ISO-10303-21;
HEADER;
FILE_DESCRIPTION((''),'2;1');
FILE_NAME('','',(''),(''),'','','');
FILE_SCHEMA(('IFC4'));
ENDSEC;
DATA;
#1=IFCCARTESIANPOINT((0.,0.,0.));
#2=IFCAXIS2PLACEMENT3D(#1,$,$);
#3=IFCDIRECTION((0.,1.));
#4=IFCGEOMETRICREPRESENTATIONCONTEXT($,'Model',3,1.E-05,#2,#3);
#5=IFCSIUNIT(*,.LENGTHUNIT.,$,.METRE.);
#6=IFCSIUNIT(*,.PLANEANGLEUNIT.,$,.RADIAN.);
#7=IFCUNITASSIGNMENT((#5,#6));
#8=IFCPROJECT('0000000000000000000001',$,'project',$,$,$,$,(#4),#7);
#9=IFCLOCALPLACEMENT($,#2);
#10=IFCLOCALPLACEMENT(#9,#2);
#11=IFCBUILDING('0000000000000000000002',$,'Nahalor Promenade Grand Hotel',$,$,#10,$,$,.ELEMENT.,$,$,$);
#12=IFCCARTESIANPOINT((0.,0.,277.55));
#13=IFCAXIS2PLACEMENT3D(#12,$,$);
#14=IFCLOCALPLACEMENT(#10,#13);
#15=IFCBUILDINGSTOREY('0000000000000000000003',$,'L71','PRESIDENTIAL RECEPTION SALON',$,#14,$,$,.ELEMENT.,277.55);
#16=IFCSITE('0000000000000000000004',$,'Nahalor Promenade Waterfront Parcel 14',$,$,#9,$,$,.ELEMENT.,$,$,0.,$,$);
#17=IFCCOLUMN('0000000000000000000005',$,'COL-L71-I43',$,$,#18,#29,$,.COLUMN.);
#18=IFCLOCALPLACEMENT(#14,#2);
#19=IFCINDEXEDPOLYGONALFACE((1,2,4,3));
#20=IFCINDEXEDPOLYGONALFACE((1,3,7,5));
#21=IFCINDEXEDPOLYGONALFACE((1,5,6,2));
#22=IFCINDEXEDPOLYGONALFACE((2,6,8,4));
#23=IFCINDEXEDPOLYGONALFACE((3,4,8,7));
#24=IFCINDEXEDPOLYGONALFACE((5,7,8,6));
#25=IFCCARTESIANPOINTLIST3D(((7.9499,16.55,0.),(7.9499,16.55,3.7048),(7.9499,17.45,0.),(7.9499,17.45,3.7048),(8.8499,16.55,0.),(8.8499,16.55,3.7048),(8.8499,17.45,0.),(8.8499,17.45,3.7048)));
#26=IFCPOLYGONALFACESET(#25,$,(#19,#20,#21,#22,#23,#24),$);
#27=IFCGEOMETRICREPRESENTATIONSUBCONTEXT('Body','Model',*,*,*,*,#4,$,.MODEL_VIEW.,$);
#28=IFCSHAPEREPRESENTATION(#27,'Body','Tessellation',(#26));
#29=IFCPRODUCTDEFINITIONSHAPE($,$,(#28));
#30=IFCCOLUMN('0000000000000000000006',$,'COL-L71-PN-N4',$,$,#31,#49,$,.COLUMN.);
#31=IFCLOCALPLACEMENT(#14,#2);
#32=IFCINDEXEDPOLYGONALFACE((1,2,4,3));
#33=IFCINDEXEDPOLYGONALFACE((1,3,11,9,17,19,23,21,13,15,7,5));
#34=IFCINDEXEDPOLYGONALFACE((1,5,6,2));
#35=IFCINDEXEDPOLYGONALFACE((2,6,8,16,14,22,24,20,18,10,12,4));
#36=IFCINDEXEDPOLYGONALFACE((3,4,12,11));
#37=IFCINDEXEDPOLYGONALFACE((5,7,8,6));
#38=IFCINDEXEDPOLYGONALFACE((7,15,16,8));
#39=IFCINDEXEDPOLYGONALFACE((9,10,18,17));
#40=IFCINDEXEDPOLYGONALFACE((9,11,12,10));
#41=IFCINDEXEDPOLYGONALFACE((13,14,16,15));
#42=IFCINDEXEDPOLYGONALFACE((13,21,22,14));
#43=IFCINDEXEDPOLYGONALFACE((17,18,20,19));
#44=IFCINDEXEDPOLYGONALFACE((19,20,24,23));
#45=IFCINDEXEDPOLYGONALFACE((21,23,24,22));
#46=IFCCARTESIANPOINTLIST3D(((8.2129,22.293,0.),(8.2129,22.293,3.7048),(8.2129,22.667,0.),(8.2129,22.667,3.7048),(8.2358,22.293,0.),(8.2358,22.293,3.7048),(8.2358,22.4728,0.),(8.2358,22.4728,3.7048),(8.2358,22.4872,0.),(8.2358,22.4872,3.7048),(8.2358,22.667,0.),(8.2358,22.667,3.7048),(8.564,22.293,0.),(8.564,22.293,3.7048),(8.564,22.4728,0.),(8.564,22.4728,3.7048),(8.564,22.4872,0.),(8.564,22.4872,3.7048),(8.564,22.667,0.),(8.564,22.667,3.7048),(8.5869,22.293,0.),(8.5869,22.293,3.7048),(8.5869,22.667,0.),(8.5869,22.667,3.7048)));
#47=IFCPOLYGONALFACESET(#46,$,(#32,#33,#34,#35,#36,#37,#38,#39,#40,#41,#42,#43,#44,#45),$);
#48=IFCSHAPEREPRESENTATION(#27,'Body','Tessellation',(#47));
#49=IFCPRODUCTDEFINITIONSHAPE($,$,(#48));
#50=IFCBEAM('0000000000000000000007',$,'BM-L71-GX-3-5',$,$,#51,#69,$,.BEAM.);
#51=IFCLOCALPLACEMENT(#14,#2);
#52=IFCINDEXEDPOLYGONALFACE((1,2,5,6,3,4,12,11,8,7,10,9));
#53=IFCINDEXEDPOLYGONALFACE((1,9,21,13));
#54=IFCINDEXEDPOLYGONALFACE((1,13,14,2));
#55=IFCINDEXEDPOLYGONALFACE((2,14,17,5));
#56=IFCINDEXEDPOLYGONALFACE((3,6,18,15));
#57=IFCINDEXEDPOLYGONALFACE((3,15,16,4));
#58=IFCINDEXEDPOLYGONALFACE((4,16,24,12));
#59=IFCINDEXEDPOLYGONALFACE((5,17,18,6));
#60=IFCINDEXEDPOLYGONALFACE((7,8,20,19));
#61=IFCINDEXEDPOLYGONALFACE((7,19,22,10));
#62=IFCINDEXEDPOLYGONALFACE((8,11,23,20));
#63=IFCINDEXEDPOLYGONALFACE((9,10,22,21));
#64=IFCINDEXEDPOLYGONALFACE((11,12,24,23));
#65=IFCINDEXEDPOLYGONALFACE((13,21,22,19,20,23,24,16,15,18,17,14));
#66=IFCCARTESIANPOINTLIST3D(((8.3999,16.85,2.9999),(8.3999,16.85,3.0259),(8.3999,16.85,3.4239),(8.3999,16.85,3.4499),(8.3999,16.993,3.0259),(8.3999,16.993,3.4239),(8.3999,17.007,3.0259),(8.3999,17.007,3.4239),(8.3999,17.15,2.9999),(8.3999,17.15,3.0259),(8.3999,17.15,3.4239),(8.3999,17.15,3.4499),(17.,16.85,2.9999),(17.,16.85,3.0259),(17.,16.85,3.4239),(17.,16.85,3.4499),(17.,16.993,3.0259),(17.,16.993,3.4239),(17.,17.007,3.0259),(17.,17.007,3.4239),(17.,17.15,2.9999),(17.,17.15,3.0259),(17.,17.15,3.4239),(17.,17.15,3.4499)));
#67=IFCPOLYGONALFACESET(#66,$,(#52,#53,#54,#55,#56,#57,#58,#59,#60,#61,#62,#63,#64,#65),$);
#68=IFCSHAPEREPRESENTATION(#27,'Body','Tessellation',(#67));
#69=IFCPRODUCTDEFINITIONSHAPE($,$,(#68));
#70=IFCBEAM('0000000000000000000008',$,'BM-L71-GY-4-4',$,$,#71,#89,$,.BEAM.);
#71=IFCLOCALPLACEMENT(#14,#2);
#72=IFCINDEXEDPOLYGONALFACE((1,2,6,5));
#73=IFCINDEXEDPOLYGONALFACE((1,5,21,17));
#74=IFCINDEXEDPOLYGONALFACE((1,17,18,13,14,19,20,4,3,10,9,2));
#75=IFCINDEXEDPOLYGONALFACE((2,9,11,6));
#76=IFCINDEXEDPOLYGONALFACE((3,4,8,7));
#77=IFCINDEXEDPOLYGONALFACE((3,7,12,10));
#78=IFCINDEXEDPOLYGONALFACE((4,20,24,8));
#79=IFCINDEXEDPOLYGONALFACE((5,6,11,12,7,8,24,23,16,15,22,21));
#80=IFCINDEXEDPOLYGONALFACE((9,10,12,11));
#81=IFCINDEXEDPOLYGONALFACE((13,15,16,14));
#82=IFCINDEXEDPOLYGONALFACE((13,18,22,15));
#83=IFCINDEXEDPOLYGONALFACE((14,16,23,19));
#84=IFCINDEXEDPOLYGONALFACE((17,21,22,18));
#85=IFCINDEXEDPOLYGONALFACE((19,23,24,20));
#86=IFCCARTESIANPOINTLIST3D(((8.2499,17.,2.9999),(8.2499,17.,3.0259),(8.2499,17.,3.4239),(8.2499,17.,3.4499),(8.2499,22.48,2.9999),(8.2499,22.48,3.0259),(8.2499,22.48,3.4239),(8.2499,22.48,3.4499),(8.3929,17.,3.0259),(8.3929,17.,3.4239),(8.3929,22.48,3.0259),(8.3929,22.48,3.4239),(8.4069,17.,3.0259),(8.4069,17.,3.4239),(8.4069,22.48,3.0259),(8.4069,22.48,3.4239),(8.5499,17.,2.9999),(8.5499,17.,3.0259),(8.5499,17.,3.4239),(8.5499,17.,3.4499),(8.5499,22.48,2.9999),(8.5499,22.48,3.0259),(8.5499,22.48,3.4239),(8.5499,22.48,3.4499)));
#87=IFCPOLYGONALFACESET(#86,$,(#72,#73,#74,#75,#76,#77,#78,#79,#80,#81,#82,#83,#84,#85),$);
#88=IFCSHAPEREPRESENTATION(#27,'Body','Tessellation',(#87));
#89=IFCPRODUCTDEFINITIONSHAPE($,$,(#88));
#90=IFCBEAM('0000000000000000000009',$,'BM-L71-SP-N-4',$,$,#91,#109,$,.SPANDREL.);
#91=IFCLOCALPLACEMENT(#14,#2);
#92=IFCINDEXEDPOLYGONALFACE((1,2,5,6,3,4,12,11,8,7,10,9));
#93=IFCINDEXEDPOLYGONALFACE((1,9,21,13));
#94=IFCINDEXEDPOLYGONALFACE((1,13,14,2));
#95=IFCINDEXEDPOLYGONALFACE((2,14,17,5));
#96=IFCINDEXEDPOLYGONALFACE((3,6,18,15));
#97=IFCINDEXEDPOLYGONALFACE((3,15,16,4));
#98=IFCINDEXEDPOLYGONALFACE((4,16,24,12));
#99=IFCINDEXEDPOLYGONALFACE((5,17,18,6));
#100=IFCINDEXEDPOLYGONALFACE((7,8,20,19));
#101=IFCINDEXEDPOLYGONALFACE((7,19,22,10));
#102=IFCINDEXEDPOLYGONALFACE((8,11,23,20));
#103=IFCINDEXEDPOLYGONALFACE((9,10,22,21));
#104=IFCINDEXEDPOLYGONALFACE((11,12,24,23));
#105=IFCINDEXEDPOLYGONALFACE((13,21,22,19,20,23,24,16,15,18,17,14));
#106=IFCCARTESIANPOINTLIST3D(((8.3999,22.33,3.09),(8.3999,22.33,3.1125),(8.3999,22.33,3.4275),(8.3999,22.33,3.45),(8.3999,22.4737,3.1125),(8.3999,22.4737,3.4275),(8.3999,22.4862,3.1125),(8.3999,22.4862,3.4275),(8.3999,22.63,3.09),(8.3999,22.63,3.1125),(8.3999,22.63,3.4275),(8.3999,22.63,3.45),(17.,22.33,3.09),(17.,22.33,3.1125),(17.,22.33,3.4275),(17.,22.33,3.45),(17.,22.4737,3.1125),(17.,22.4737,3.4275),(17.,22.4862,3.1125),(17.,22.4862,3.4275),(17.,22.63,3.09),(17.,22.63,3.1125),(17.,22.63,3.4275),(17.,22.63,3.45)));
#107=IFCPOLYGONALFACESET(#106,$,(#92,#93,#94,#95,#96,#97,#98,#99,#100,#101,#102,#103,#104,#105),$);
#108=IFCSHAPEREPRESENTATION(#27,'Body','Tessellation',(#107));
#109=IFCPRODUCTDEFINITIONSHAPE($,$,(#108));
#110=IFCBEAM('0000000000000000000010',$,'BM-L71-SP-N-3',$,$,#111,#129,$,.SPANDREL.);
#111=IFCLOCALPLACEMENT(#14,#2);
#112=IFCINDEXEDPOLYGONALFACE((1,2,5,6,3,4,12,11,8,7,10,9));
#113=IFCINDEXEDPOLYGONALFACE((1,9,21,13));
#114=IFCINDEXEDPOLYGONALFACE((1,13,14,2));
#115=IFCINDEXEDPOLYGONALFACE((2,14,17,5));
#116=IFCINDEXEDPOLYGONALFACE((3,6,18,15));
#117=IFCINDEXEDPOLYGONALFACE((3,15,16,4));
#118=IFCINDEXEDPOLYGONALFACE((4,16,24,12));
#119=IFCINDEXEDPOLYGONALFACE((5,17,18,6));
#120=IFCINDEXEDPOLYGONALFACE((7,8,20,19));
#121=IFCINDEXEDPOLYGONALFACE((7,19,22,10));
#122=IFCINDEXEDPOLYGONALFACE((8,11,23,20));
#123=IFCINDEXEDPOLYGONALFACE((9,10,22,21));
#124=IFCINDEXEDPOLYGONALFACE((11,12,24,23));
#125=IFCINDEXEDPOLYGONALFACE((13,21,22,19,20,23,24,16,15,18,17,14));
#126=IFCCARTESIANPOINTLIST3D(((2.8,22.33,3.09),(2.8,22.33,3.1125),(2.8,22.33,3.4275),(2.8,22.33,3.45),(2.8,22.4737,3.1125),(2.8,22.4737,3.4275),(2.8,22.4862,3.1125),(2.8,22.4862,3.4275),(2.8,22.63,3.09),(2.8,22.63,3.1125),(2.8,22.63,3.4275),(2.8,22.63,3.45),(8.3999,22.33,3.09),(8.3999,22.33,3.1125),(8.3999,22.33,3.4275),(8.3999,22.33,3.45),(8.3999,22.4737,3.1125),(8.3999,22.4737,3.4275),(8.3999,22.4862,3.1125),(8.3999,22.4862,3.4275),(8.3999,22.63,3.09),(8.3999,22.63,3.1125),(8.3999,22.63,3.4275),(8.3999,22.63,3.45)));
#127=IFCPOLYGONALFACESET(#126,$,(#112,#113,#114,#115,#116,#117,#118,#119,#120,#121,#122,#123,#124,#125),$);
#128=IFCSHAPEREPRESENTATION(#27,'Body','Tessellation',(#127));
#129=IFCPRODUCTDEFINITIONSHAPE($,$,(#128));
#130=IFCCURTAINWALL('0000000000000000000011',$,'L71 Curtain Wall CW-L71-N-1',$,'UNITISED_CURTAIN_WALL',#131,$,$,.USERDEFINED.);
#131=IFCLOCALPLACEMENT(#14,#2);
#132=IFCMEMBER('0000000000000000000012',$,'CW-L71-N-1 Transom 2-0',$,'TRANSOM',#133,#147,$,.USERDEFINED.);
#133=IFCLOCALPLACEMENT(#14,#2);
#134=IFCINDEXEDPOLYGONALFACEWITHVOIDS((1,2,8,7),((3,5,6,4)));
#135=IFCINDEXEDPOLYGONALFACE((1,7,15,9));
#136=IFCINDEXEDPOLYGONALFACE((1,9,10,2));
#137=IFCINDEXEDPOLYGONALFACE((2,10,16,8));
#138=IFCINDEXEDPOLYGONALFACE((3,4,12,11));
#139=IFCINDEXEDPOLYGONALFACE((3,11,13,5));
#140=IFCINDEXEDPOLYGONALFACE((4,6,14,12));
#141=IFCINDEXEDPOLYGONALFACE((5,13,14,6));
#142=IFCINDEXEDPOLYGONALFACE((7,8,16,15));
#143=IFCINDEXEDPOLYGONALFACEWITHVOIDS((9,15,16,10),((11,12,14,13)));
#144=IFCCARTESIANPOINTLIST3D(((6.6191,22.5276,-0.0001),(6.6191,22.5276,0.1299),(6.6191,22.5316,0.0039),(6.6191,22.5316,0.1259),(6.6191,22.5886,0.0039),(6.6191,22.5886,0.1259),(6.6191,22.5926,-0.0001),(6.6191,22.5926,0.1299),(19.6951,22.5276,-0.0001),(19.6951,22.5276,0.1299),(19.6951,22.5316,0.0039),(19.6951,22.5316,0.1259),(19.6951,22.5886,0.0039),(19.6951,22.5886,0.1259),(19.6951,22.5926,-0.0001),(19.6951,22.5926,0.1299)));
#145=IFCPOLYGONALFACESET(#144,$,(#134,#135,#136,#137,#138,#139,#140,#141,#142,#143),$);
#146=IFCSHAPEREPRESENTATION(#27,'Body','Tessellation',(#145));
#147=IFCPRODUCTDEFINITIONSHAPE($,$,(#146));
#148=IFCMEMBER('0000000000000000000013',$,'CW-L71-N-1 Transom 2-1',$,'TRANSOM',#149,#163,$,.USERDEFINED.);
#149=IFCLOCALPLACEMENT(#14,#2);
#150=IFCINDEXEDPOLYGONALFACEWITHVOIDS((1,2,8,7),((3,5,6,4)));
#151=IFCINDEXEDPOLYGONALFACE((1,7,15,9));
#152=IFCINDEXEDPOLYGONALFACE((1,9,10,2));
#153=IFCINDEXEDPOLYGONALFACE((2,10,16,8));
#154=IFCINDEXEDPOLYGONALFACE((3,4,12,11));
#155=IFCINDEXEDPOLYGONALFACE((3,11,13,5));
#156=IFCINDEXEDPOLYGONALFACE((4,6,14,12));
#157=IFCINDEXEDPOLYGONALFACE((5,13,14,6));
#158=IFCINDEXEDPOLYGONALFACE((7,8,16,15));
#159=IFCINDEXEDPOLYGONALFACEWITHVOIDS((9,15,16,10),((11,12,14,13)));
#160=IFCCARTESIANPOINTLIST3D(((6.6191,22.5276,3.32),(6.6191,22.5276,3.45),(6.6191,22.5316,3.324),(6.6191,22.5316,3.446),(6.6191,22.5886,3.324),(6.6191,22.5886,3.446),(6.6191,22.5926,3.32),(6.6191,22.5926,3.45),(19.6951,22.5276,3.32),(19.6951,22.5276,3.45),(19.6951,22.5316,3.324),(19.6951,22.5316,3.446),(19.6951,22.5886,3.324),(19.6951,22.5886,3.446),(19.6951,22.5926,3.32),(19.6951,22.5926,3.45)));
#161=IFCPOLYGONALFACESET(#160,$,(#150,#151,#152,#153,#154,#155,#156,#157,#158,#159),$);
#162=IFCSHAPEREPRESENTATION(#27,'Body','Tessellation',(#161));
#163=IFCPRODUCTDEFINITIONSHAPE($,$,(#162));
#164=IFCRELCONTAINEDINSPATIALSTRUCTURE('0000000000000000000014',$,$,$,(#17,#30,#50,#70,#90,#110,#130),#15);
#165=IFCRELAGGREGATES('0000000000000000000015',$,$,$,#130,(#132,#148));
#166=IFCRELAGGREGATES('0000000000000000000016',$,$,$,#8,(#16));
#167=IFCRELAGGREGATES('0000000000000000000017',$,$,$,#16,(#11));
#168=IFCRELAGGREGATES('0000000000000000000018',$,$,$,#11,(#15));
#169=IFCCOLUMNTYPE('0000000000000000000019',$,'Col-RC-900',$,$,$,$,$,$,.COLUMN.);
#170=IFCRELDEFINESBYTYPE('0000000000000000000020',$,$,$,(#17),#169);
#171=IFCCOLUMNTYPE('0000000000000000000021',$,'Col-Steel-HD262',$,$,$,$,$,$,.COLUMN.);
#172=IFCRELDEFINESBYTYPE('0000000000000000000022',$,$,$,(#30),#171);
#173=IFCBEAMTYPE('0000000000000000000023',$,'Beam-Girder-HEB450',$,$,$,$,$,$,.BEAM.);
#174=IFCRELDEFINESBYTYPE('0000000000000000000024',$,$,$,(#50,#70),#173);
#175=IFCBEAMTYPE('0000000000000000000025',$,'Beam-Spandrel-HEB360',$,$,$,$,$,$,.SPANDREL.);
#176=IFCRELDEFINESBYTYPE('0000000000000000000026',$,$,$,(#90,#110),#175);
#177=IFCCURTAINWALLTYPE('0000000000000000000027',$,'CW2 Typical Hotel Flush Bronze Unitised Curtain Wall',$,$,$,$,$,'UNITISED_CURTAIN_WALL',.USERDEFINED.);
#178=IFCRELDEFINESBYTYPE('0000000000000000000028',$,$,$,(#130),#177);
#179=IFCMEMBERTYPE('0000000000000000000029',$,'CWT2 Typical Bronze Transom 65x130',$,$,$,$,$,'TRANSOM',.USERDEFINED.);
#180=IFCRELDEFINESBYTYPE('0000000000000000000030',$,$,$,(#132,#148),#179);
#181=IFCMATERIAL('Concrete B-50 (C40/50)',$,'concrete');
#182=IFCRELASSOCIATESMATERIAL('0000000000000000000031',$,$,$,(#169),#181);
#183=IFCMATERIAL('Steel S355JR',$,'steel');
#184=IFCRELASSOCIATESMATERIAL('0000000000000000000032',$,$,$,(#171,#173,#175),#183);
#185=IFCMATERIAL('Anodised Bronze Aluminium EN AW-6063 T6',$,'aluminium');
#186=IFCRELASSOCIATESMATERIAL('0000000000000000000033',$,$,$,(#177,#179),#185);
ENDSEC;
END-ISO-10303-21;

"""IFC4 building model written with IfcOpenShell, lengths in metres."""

from ifc_helpers import new_model, si_unit, direction, frame, origin, origin_2d, place, context, subcontext, project, spatial, rectangle, hollow_rectangle, i_section, extrude, source, transform, mapped, material, material_profile, profile_set, type_object, element, aggregate, save


model = new_model("IFC4")

# Units and contexts
model_context = context("Model", 3, precision=1e-05, world=origin(), true_north=direction((0.0, 1.0)))
body_context = subcontext(model_context, "Body", "Model", "MODEL_VIEW")
ifc_project = project(units=[si_unit("LENGTHUNIT", "METRE"), si_unit("PLANEANGLEUNIT", "RADIAN")], contexts=[model_context])

# Site, building, storey
site_placement = place(None, origin())
site = spatial("IfcSite", under=ifc_project, at=site_placement, Name="Nahalor Promenade Waterfront Parcel 14", CompositionType="ELEMENT", RefElevation=0.0)
building_placement = place(site_placement, origin())
building = spatial("IfcBuilding", under=site, at=building_placement, Name="Nahalor Promenade Grand Hotel", CompositionType="ELEMENT")
storey_placement = place(building_placement, frame((0.0, 0.0, 277.55)))
storey = spatial("IfcBuildingStorey", under=building, at=storey_placement, Name="L71", Description="PRESIDENTIAL RECEPTION SALON", CompositionType="ELEMENT", Elevation=277.55)

# Columns
ifc_material_1 = material(Name="Concrete B-50 (C40/50)", Category="concrete")
ifc_material_profile_1 = material_profile(ifc_material_1, rectangle(XDim=0.9, YDim=0.9, at=origin_2d()), Name="RC 900x900")
ifc_profile_set_1 = profile_set([ifc_material_profile_1], Name="Concrete B-50 (C40/50)")
column_type_1 = type_object("IfcColumnType", Name="Col-RC-900", PredefinedType="COLUMN", material=ifc_profile_set_1)
shared_shape_1 = source(origin(), body_context, "Body", "SweptSolid", [
    extrude(rectangle(XDim=0.9, YDim=0.9, at=origin_2d()), origin(), (0.0, 0.0, 1.0), 3.7048),
])
column_1_placement = place(storey_placement, frame((8.3999, 17.0, 0.0), z_axis=(0.0, 0.0, 1.0), x_axis=(1.0, 0.0, 0.0)))
element("IfcColumn", 1, at=column_1_placement, inside=storey, type_object=column_type_1, Name="COL-L71-I43", PredefinedType="COLUMN", context=body_context, shape_type="MappedRepresentation", body=[
    mapped(shared_shape_1, transform((0.0, 0.0, 0.0), scale=1.0)),
])
ifc_material_2 = material(Name="Steel S355JR", Category="steel")
ifc_material_profile_2 = material_profile(ifc_material_2, i_section(OverallWidth=0.374, OverallDepth=0.374, WebThickness=0.0144, FlangeThickness=0.0229, at=origin_2d()), Name="HD 360x262")
ifc_profile_set_2 = profile_set([ifc_material_profile_2], Name="Steel S355JR")
column_type_2 = type_object("IfcColumnType", Name="Col-Steel-HD262", PredefinedType="COLUMN", material=ifc_profile_set_2)
shared_shape_2 = source(origin(), body_context, "Body", "SweptSolid", [
    extrude(i_section(OverallWidth=0.374, OverallDepth=0.374, WebThickness=0.0144, FlangeThickness=0.0229, at=origin_2d()), origin(), (0.0, 0.0, 1.0), 3.7048),
])
column_2_placement = place(storey_placement, frame((8.3999, 22.48, 0.0), z_axis=(0.0, 0.0, 1.0), x_axis=(0.0, 1.0, 0.0)))
element("IfcColumn", 2, at=column_2_placement, inside=storey, type_object=column_type_2, Name="COL-L71-PN-N4", PredefinedType="COLUMN", context=body_context, shape_type="MappedRepresentation", body=[
    mapped(shared_shape_2, transform((0.0, 0.0, 0.0), scale=1.0)),
])

# Beams
ifc_material_profile_3 = material_profile(ifc_material_2, i_section(OverallWidth=0.3, OverallDepth=0.45, WebThickness=0.014, FlangeThickness=0.026, at=origin_2d()), Name="HEB 450")
ifc_profile_set_3 = profile_set([ifc_material_profile_3], Name="Steel S355JR")
beam_type_1 = type_object("IfcBeamType", Name="Beam-Girder-HEB450", PredefinedType="BEAM", material=ifc_profile_set_3)
shared_shape_3 = source(origin(), body_context, "Body", "SweptSolid", [
    extrude(i_section(OverallWidth=0.3, OverallDepth=0.45, WebThickness=0.014, FlangeThickness=0.026, at=origin_2d()), origin(), (0.0, 0.0, 1.0), 8.6001),
])
beam_1_placement = place(storey_placement, frame((8.3999, 17.0, 3.2249), z_axis=(1.0, 0.0, 0.0), x_axis=(0.0, 1.0, 0.0)))
element("IfcBeam", 3, at=beam_1_placement, inside=storey, type_object=beam_type_1, Name="BM-L71-GX-3-5", PredefinedType="BEAM", context=body_context, shape_type="MappedRepresentation", body=[
    mapped(shared_shape_3, transform((0.0, 0.0, 0.0), scale=1.0)),
])
shared_shape_4 = source(origin(), body_context, "Body", "SweptSolid", [
    extrude(i_section(OverallWidth=0.3, OverallDepth=0.45, WebThickness=0.014, FlangeThickness=0.026, at=origin_2d()), origin(), (0.0, 0.0, 1.0), 5.48),
])
beam_2_placement = place(storey_placement, frame((8.3999, 17.0, 3.2249), z_axis=(0.0, 1.0, 0.0), x_axis=(-1.0, 0.0, 0.0)))
element("IfcBeam", 4, at=beam_2_placement, inside=storey, type_object=beam_type_1, Name="BM-L71-GY-4-4", PredefinedType="BEAM", context=body_context, shape_type="MappedRepresentation", body=[
    mapped(shared_shape_4, transform((0.0, 0.0, 0.0), scale=1.0)),
])
ifc_material_profile_4 = material_profile(ifc_material_2, i_section(OverallWidth=0.3, OverallDepth=0.36, WebThickness=0.0125, FlangeThickness=0.0225, at=origin_2d()), Name="HEB 360")
ifc_profile_set_4 = profile_set([ifc_material_profile_4], Name="Steel S355JR")
beam_type_2 = type_object("IfcBeamType", Name="Beam-Spandrel-HEB360", PredefinedType="SPANDREL", material=ifc_profile_set_4)
shared_shape_5 = source(origin(), body_context, "Body", "SweptSolid", [
    extrude(i_section(OverallWidth=0.3, OverallDepth=0.36, WebThickness=0.0125, FlangeThickness=0.0225, at=origin_2d()), origin(), (0.0, 0.0, 1.0), 8.6001),
])
beam_3_placement = place(storey_placement, frame((8.3999, 22.48, 3.27), z_axis=(1.0, 0.0, 0.0), x_axis=(0.0, 1.0, 0.0)))
element("IfcBeam", 5, at=beam_3_placement, inside=storey, type_object=beam_type_2, Name="BM-L71-SP-N-4", PredefinedType="SPANDREL", context=body_context, shape_type="MappedRepresentation", body=[
    mapped(shared_shape_5, transform((0.0, 0.0, 0.0), scale=1.0)),
])
shared_shape_6 = source(origin(), body_context, "Body", "SweptSolid", [
    extrude(i_section(OverallWidth=0.3, OverallDepth=0.36, WebThickness=0.0125, FlangeThickness=0.0225, at=origin_2d()), origin(), (0.0, 0.0, 1.0), 5.5999),
])
beam_4_placement = place(storey_placement, frame((2.8, 22.48, 3.27), z_axis=(1.0, 0.0, 0.0), x_axis=(0.0, 1.0, 0.0)))
element("IfcBeam", 6, at=beam_4_placement, inside=storey, type_object=beam_type_2, Name="BM-L71-SP-N-3", PredefinedType="SPANDREL", context=body_context, shape_type="MappedRepresentation", body=[
    mapped(shared_shape_6, transform((0.0, 0.0, 0.0), scale=1.0)),
])

# Curtain wall, members
ifc_material_3 = material(Name="Anodised Bronze Aluminium EN AW-6063 T6", Category="aluminium")
curtain_wall_type = type_object("IfcCurtainWallType", Name="CW2 Typical Hotel Flush Bronze Unitised Curtain Wall", ElementType="UNITISED_CURTAIN_WALL", PredefinedType="USERDEFINED", material=ifc_material_3)
curtain_wall_placement = place(storey_placement, origin())
curtain_wall = element("IfcCurtainWall", 7, at=curtain_wall_placement, inside=storey, type_object=curtain_wall_type, Name="L71 Curtain Wall CW-L71-N-1", ObjectType="UNITISED_CURTAIN_WALL", PredefinedType="USERDEFINED")
ifc_material_profile_5 = material_profile(ifc_material_3, hollow_rectangle(XDim=0.065, YDim=0.13, WallThickness=0.004, at=origin_2d()), Name="CWT 65x130x4")
ifc_profile_set_5 = profile_set([ifc_material_profile_5], Name="Anodised Bronze Aluminium EN AW-6063 T6")
member_type_1 = type_object("IfcMemberType", Name="CWT2 Typical Bronze Transom 65x130", ElementType="TRANSOM", PredefinedType="USERDEFINED", material=ifc_profile_set_5)
shared_shape_7 = source(origin(), body_context, "Body", "SweptSolid", [
    extrude(hollow_rectangle(XDim=0.065, YDim=0.13, WallThickness=0.004, at=origin_2d()), origin(), (0.0, 0.0, 1.0), 13.0759),
])
member_1_placement = place(storey_placement, frame((6.6191, 22.5601, 0.0649), z_axis=(1.0, 0.0, 0.0), x_axis=(0.0, 1.0, 0.0)))
member_1 = element("IfcMember", 8, at=member_1_placement, type_object=member_type_1, Name="CW-L71-N-1 Transom 2-0", ObjectType="TRANSOM", PredefinedType="USERDEFINED", context=body_context, shape_type="MappedRepresentation", body=[
    mapped(shared_shape_7, transform((0.0, 0.0, 0.0), scale=1.0)),
])
member_2_placement = place(storey_placement, frame((6.6191, 22.5601, 3.385), z_axis=(1.0, 0.0, 0.0), x_axis=(0.0, 1.0, 0.0)))
member_2 = element("IfcMember", 9, at=member_2_placement, type_object=member_type_1, Name="CW-L71-N-1 Transom 2-1", ObjectType="TRANSOM", PredefinedType="USERDEFINED", context=body_context, shape_type="MappedRepresentation", body=[
    mapped(shared_shape_7, transform((0.0, 0.0, 0.0), scale=1.0)),
])
aggregate(curtain_wall, [member_1, member_2])

save(model, "model.ifc")
